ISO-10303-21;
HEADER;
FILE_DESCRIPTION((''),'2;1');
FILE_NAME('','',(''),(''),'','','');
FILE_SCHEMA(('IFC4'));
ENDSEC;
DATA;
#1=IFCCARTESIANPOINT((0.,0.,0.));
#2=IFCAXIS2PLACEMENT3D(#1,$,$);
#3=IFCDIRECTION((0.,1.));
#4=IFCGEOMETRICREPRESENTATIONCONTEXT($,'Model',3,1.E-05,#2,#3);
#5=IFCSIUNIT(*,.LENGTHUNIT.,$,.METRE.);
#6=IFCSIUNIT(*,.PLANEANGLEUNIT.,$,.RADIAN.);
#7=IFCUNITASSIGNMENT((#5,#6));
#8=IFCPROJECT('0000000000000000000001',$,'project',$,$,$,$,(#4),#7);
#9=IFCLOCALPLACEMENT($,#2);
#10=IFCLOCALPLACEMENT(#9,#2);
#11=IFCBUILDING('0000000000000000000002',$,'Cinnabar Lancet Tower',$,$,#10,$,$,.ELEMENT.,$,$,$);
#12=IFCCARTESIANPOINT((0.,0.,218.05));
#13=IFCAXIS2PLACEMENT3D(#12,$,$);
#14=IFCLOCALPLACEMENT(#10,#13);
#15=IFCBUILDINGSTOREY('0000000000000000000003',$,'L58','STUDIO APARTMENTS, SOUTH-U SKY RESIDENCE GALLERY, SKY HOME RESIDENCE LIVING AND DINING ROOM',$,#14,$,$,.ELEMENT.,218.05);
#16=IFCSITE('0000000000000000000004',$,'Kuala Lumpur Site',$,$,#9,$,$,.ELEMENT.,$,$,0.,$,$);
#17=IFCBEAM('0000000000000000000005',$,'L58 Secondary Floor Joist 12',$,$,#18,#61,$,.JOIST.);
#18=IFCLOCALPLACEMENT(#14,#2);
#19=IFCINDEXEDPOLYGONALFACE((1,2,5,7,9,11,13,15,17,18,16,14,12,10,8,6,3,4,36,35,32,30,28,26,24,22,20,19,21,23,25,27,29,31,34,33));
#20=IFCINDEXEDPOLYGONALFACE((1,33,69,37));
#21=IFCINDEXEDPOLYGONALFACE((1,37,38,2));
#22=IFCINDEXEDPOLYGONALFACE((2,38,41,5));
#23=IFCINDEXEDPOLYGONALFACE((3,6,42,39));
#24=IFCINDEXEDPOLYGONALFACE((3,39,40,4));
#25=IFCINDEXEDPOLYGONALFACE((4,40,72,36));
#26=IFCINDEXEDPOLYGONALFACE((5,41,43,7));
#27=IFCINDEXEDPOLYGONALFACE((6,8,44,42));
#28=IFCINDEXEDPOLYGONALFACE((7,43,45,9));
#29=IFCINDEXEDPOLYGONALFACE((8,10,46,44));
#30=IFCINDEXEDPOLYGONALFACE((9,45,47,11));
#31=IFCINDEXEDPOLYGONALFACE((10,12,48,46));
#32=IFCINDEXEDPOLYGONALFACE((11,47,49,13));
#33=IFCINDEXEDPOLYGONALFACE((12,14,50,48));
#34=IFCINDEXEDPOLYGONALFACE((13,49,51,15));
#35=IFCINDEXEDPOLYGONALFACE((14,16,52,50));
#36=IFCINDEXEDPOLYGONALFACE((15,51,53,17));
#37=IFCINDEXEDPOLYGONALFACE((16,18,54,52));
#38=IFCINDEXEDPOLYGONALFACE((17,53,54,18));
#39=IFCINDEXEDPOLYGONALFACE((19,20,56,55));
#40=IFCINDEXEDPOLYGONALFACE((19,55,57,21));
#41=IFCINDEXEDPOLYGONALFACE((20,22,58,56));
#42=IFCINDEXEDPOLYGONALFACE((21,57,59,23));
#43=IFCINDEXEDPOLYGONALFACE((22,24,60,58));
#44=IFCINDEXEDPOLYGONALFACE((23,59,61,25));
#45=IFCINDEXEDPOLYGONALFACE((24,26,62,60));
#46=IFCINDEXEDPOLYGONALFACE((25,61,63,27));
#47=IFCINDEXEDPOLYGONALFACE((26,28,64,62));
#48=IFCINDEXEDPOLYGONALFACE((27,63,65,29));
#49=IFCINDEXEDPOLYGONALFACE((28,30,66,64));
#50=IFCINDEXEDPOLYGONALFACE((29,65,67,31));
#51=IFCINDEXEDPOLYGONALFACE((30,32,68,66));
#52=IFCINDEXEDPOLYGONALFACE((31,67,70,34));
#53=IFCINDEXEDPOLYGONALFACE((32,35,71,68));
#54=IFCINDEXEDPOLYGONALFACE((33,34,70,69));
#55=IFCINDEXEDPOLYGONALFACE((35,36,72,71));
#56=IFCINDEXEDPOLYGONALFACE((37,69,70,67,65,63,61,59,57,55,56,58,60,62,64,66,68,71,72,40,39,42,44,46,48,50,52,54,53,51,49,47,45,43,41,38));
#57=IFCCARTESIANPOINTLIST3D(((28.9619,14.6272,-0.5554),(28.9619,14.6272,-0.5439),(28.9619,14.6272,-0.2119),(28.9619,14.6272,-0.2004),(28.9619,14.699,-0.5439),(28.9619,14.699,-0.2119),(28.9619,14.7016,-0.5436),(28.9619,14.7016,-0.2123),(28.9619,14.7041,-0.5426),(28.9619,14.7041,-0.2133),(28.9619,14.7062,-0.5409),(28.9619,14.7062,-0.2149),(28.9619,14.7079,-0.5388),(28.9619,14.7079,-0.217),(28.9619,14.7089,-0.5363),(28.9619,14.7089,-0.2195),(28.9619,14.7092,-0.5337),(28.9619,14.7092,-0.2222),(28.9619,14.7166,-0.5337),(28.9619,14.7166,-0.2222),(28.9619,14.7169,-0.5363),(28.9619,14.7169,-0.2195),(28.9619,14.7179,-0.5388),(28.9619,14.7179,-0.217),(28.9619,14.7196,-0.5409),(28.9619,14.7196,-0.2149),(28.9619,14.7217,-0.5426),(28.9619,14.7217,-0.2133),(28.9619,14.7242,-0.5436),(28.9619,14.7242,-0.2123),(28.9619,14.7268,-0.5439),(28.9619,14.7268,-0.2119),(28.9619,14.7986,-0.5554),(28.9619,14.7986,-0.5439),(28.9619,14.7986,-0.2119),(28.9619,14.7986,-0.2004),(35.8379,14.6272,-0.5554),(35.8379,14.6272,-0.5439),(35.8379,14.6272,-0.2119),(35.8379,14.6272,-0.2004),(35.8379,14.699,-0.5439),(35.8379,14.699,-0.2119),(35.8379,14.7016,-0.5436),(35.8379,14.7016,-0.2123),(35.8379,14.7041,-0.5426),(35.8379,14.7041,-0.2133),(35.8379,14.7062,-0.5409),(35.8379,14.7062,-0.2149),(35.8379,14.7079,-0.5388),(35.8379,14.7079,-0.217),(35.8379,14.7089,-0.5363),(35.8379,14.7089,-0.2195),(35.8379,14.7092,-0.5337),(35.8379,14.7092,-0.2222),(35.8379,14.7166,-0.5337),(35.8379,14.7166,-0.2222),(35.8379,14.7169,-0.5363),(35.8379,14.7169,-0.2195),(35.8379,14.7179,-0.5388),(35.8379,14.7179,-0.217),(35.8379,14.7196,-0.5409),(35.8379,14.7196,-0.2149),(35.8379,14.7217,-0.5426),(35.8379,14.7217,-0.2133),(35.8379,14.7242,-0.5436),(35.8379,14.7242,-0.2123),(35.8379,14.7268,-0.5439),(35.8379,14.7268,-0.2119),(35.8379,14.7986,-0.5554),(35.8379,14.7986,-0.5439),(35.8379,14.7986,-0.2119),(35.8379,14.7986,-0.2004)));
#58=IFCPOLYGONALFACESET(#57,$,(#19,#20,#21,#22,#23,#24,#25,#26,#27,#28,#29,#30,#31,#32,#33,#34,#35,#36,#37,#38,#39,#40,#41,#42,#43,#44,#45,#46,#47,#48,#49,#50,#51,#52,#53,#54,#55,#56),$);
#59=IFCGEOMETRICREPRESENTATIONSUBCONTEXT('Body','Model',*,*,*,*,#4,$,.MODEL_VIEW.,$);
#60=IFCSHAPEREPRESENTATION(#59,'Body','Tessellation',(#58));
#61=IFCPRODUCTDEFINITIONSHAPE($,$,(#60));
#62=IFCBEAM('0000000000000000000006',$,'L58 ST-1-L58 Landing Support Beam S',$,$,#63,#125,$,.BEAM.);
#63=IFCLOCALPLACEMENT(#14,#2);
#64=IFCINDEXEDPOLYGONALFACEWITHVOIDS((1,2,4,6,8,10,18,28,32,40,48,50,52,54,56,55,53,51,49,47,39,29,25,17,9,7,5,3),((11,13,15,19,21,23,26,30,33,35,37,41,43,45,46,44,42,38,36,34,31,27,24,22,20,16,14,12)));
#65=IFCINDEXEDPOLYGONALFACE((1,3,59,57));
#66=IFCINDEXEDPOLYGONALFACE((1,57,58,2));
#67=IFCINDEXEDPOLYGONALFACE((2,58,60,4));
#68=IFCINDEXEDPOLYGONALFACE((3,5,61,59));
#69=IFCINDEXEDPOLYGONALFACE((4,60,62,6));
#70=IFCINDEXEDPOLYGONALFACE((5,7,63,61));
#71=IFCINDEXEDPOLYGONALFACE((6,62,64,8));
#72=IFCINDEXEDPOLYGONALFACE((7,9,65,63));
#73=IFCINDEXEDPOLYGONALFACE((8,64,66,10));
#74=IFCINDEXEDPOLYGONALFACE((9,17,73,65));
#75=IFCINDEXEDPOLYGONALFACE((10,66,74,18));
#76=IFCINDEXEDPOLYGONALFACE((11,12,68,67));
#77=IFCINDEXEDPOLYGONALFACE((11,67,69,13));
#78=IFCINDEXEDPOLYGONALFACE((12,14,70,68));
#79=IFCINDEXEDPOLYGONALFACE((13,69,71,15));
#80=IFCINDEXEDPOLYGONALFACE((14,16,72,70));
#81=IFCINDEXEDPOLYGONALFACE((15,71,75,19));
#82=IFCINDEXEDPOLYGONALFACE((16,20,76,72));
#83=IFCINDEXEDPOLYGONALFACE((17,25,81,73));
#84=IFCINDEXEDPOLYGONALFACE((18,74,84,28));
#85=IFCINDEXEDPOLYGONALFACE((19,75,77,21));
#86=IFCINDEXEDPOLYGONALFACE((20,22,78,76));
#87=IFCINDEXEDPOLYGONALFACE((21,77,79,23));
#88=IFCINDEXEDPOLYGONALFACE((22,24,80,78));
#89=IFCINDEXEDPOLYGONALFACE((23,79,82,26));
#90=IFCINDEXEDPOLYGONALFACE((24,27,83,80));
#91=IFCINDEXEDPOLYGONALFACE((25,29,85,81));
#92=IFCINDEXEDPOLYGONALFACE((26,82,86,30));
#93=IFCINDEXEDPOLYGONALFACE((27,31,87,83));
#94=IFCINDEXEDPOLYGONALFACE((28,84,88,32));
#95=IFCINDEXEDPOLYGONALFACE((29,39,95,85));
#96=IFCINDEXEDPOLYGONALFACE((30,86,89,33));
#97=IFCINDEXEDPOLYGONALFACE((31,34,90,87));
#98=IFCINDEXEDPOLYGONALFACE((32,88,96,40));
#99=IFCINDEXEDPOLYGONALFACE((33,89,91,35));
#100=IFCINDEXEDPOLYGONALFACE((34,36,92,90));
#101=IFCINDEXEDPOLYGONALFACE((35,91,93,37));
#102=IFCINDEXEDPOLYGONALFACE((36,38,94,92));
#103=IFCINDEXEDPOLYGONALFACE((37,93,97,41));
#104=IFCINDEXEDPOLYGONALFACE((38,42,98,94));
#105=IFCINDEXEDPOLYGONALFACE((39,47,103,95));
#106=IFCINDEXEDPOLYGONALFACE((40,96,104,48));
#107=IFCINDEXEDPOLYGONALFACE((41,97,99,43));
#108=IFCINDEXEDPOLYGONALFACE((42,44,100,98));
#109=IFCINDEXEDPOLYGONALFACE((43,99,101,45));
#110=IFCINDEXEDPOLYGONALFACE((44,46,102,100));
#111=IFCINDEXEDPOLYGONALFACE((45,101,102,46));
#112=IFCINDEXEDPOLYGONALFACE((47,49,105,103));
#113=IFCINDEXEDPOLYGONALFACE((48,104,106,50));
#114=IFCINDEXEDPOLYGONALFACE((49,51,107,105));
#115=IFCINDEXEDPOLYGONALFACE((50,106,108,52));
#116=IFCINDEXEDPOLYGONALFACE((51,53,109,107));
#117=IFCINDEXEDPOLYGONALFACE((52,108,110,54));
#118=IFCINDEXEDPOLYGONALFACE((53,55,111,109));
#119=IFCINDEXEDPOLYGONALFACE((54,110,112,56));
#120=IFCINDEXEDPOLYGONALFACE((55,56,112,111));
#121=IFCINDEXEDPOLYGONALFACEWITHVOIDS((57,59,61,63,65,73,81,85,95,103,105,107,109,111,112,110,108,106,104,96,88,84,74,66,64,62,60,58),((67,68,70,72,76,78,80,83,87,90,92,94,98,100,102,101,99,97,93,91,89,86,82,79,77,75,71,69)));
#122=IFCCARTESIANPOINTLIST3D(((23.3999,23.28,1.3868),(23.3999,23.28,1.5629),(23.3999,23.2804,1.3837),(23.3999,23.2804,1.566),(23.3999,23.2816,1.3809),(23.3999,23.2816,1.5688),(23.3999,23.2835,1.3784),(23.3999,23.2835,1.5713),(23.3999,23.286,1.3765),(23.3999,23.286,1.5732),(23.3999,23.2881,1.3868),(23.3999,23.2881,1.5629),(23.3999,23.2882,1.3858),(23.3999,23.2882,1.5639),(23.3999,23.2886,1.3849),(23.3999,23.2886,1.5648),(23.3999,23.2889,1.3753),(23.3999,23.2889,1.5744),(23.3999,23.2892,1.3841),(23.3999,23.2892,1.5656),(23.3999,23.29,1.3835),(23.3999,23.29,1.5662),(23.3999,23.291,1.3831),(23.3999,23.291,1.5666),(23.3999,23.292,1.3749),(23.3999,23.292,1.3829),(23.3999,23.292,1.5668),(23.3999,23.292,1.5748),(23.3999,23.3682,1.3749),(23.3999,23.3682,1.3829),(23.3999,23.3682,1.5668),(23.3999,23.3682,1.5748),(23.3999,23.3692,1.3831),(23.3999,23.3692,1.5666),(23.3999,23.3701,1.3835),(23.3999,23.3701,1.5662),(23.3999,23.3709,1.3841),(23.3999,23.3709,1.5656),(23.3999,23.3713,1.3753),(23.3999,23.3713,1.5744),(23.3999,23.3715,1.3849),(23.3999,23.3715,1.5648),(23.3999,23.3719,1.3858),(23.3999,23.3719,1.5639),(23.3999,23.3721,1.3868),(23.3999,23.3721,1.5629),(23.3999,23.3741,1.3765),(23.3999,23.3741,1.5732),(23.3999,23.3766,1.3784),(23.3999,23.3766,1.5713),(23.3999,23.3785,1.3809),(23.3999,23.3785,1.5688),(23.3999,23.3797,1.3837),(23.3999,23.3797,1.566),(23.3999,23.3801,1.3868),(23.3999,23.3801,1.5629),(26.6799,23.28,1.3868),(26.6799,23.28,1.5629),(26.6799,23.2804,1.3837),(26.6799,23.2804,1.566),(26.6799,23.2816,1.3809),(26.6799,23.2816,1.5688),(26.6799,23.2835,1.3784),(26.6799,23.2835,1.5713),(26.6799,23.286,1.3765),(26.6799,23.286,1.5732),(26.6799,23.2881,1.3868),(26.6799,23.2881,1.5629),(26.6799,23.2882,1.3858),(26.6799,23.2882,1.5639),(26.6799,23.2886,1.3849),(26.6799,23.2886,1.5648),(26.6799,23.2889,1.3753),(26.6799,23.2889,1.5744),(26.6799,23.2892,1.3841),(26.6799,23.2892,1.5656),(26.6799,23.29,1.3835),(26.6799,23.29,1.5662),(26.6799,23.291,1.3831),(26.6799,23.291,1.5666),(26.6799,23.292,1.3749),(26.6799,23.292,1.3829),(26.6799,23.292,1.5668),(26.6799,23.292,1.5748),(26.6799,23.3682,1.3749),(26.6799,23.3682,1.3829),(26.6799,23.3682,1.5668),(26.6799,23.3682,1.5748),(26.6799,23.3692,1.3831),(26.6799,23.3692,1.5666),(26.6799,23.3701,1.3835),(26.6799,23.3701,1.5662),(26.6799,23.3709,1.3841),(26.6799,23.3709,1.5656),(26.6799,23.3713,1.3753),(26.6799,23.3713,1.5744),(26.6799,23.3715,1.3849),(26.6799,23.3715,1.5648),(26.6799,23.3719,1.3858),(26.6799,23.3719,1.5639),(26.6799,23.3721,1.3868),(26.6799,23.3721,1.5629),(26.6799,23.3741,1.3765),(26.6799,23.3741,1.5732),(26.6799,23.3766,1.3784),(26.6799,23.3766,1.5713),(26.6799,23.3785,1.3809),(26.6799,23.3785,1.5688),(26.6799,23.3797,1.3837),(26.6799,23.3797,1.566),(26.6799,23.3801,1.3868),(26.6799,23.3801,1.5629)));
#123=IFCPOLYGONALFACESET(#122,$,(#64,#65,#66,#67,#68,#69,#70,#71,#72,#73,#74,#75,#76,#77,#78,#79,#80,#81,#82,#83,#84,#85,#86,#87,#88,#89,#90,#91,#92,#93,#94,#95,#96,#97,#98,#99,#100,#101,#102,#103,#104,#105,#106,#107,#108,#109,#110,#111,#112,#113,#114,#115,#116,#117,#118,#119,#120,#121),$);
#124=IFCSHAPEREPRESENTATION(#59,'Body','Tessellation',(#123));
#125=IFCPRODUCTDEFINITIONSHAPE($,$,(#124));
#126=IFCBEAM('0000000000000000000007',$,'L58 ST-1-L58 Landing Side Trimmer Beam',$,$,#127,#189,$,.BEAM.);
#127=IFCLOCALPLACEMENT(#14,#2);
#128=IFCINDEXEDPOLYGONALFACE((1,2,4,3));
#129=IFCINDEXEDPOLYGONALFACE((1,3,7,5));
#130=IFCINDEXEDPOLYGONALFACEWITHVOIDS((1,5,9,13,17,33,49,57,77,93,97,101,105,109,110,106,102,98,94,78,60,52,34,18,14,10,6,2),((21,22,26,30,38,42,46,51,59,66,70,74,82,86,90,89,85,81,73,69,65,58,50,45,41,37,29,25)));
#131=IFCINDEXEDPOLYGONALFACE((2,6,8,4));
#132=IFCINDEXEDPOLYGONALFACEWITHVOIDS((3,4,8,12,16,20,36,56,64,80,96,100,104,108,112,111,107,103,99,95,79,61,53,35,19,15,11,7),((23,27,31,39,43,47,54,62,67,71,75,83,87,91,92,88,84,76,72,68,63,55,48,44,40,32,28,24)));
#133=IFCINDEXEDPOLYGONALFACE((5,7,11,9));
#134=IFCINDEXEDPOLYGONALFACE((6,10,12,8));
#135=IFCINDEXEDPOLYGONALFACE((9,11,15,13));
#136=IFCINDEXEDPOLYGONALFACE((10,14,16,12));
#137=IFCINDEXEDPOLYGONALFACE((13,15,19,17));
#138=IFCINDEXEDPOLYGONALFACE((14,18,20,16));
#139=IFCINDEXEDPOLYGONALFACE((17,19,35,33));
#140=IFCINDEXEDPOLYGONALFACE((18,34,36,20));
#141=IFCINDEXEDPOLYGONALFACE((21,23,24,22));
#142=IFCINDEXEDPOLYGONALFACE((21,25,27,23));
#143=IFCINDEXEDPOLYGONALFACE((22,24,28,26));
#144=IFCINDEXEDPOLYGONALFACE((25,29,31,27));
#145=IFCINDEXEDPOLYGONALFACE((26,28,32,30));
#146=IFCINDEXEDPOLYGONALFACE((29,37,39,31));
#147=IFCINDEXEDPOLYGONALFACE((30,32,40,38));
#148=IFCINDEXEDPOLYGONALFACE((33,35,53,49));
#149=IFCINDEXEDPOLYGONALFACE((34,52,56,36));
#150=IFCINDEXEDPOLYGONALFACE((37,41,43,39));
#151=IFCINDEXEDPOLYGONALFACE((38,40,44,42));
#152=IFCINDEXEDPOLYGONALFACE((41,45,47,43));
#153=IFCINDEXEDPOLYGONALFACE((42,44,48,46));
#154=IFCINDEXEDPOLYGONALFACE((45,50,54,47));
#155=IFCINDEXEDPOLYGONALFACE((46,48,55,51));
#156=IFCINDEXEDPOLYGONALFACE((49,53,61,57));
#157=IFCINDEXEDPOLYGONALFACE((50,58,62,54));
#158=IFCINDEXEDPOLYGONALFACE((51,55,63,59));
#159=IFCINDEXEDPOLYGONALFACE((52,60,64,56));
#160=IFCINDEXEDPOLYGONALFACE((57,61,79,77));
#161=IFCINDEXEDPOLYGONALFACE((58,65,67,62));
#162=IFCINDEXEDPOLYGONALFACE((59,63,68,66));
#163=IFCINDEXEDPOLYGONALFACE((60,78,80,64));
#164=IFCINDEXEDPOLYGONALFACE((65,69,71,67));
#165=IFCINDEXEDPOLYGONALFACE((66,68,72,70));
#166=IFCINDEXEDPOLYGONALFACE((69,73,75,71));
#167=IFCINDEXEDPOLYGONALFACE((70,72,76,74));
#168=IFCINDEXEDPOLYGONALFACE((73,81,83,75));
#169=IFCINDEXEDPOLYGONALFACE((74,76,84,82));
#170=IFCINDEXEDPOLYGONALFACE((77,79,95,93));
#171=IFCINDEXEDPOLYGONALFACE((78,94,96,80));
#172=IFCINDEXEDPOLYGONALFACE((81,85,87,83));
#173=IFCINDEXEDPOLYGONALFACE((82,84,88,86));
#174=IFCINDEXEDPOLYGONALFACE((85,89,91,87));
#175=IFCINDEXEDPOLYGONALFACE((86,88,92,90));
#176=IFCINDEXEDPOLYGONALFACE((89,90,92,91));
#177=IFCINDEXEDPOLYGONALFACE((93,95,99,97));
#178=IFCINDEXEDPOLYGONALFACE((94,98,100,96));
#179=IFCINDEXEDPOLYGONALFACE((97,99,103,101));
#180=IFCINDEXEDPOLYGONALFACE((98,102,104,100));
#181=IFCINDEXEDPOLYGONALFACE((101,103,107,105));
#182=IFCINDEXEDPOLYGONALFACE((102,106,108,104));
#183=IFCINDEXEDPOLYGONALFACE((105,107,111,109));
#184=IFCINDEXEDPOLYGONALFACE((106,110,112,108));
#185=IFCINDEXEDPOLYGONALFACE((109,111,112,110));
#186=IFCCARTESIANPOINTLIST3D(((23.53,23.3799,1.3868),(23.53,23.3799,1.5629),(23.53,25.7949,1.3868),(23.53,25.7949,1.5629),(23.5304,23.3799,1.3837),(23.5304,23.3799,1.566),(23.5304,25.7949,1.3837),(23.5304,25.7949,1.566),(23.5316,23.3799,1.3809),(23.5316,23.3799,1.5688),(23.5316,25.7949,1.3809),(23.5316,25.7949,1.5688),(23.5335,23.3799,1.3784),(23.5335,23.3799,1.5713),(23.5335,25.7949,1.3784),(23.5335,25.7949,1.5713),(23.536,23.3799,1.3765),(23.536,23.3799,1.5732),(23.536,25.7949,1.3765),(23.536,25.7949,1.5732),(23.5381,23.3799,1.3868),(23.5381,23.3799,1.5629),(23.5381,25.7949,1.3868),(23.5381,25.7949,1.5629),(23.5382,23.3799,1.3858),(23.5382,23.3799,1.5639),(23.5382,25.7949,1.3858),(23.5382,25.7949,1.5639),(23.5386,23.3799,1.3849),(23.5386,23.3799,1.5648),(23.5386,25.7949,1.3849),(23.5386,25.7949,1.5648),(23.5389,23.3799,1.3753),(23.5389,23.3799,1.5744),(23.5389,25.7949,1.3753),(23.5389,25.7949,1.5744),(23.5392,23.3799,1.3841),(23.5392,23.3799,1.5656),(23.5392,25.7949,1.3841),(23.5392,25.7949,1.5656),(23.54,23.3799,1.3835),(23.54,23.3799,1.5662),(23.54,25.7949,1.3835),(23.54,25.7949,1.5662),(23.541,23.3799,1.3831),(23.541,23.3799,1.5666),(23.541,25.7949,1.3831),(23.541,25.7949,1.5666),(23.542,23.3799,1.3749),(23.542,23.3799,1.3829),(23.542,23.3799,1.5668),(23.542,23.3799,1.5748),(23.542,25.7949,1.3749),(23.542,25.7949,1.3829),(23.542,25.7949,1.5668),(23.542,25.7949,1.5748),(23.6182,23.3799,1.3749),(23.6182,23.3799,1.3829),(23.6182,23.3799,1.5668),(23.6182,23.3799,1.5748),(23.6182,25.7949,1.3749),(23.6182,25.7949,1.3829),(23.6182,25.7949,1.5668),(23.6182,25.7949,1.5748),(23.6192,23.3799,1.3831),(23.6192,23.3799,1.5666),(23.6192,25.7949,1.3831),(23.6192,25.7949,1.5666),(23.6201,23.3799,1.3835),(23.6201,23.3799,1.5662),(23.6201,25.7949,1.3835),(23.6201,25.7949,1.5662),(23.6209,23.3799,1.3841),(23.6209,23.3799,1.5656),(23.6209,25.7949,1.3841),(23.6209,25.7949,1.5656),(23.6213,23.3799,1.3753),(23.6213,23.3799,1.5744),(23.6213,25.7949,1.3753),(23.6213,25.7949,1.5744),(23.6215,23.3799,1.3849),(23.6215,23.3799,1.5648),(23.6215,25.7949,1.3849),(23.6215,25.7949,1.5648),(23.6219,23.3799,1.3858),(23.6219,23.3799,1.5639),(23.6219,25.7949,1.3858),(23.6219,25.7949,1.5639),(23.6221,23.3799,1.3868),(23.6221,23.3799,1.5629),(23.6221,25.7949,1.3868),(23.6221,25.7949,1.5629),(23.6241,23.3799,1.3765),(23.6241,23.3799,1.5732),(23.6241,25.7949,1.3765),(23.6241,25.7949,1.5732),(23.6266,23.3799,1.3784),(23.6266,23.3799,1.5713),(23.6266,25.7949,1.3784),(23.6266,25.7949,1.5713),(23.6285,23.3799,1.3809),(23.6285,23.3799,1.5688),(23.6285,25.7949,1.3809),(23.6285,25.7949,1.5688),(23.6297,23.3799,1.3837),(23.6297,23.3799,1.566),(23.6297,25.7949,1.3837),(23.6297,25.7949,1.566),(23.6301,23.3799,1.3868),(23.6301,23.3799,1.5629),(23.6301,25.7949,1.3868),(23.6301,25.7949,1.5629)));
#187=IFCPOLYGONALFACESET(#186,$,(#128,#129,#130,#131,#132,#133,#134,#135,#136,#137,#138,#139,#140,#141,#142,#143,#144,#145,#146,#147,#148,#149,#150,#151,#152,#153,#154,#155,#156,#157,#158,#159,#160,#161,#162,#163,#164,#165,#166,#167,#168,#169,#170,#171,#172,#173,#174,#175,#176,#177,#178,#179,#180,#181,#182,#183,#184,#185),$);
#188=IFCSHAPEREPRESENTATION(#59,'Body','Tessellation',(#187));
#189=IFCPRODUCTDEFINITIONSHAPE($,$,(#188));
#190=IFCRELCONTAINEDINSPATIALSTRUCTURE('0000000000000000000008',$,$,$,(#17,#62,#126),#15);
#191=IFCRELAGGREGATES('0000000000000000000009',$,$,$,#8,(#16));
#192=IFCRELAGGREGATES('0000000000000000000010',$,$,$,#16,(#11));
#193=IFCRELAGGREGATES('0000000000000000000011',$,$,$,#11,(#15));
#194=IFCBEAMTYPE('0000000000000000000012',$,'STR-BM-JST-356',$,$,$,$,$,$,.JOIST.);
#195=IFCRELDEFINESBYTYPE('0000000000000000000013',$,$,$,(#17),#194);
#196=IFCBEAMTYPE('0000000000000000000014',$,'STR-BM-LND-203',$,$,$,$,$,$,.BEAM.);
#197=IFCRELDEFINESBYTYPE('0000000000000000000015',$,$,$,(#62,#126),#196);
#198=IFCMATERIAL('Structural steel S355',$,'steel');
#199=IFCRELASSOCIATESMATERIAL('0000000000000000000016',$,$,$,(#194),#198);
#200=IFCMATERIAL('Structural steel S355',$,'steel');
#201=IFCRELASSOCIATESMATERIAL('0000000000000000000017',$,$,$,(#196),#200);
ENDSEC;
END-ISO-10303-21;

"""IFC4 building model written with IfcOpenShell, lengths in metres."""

from ifc_helpers import new_model, si_unit, direction, frame, origin, origin_2d, place, context, subcontext, project, spatial, hollow_rectangle, i_section, extrude, material, material_profile, profile_set, type_object, element, save


model = new_model("IFC4")

# Units and contexts
model_context = context("Model", 3, precision=1e-05, world=origin(), true_north=direction((0.0, 1.0)))
body_context = subcontext(model_context, "Body", "Model", "MODEL_VIEW")
ifc_project = project(units=[si_unit("LENGTHUNIT", "METRE"), si_unit("PLANEANGLEUNIT", "RADIAN")], contexts=[model_context])

# Site, building, storey
site_placement = place(None, origin())
site = spatial("IfcSite", under=ifc_project, at=site_placement, Name="Kuala Lumpur Site", CompositionType="ELEMENT", RefElevation=0.0)
building_placement = place(site_placement, origin())
building = spatial("IfcBuilding", under=site, at=building_placement, Name="Cinnabar Lancet Tower", CompositionType="ELEMENT")
storey_placement = place(building_placement, frame((0.0, 0.0, 218.05)))
storey = spatial("IfcBuildingStorey", under=building, at=storey_placement, Name="L58", Description="STUDIO APARTMENTS, SOUTH-U SKY RESIDENCE GALLERY, SKY HOME RESIDENCE LIVING AND DINING ROOM", CompositionType="ELEMENT", Elevation=218.05)

# Beams
ifc_material_1 = material(Name="Structural steel S355", Category="steel")
ifc_material_profile_1 = material_profile(ifc_material_1, i_section(OverallWidth=0.1714, OverallDepth=0.355, WebThickness=0.0073, FlangeThickness=0.0115, FilletRadius=0.0103, at=origin_2d()), Name="UKB 356x171x51")
ifc_profile_set_1 = profile_set([ifc_material_profile_1], Name="Structural steel S355")
beam_type_1 = type_object("IfcBeamType", Name="STR-BM-JST-356", PredefinedType="JOIST", material=ifc_profile_set_1)
beam_1_placement = place(storey_placement, frame((28.9619, 14.7129, -0.3779), z_axis=(1.0, 0.0, 0.0), x_axis=(0.0, 1.0, 0.0)))
element("IfcBeam", 1, at=beam_1_placement, inside=storey, type_object=beam_type_1, Name="L58 Secondary Floor Joist 12", PredefinedType="JOIST", context=body_context, shape_type="SweptSolid", body=[
    extrude(i_section(OverallWidth=0.1714, OverallDepth=0.355, WebThickness=0.0073, FlangeThickness=0.0115, FilletRadius=0.0103, at=origin_2d()), origin(), (0.0, 0.0, 1.0), 6.876),
])
ifc_material_2 = material(Name="Structural steel S355", Category="steel")
ifc_material_profile_2 = material_profile(ifc_material_2, hollow_rectangle(XDim=0.1001, YDim=0.2, WallThickness=0.0081, InnerFilletRadius=0.0039, OuterFilletRadius=0.012, at=origin_2d()), Name="RHS 200x100x8")
ifc_profile_set_2 = profile_set([ifc_material_profile_2], Name="Structural steel S355")
beam_type_2 = type_object("IfcBeamType", Name="STR-BM-LND-203", PredefinedType="BEAM", material=ifc_profile_set_2)
beam_2_placement = place(storey_placement, frame((23.3999, 23.3301, 1.4749), z_axis=(1.0, 0.0, 0.0), x_axis=(0.0, 1.0, 0.0)))
element("IfcBeam", 2, at=beam_2_placement, inside=storey, type_object=beam_type_2, Name="L58 ST-1-L58 Landing Support Beam S", PredefinedType="BEAM", context=body_context, shape_type="SweptSolid", body=[
    extrude(hollow_rectangle(XDim=0.1001, YDim=0.2, WallThickness=0.0081, InnerFilletRadius=0.0039, OuterFilletRadius=0.012, at=origin_2d()), origin(), (0.0, 0.0, 1.0), 3.28),
])
beam_3_placement = place(storey_placement, frame((23.5801, 23.3799, 1.4749), z_axis=(0.0, 1.0, 0.0), x_axis=(-1.0, 0.0, 0.0)))
element("IfcBeam", 3, at=beam_3_placement, inside=storey, type_object=beam_type_2, Name="L58 ST-1-L58 Landing Side Trimmer Beam", PredefinedType="BEAM", context=body_context, shape_type="SweptSolid", body=[
    extrude(hollow_rectangle(XDim=0.1001, YDim=0.2, WallThickness=0.0081, InnerFilletRadius=0.0039, OuterFilletRadius=0.012, at=origin_2d()), origin(), (0.0, 0.0, 1.0), 2.415),
])

save(model, "model.ifc")
